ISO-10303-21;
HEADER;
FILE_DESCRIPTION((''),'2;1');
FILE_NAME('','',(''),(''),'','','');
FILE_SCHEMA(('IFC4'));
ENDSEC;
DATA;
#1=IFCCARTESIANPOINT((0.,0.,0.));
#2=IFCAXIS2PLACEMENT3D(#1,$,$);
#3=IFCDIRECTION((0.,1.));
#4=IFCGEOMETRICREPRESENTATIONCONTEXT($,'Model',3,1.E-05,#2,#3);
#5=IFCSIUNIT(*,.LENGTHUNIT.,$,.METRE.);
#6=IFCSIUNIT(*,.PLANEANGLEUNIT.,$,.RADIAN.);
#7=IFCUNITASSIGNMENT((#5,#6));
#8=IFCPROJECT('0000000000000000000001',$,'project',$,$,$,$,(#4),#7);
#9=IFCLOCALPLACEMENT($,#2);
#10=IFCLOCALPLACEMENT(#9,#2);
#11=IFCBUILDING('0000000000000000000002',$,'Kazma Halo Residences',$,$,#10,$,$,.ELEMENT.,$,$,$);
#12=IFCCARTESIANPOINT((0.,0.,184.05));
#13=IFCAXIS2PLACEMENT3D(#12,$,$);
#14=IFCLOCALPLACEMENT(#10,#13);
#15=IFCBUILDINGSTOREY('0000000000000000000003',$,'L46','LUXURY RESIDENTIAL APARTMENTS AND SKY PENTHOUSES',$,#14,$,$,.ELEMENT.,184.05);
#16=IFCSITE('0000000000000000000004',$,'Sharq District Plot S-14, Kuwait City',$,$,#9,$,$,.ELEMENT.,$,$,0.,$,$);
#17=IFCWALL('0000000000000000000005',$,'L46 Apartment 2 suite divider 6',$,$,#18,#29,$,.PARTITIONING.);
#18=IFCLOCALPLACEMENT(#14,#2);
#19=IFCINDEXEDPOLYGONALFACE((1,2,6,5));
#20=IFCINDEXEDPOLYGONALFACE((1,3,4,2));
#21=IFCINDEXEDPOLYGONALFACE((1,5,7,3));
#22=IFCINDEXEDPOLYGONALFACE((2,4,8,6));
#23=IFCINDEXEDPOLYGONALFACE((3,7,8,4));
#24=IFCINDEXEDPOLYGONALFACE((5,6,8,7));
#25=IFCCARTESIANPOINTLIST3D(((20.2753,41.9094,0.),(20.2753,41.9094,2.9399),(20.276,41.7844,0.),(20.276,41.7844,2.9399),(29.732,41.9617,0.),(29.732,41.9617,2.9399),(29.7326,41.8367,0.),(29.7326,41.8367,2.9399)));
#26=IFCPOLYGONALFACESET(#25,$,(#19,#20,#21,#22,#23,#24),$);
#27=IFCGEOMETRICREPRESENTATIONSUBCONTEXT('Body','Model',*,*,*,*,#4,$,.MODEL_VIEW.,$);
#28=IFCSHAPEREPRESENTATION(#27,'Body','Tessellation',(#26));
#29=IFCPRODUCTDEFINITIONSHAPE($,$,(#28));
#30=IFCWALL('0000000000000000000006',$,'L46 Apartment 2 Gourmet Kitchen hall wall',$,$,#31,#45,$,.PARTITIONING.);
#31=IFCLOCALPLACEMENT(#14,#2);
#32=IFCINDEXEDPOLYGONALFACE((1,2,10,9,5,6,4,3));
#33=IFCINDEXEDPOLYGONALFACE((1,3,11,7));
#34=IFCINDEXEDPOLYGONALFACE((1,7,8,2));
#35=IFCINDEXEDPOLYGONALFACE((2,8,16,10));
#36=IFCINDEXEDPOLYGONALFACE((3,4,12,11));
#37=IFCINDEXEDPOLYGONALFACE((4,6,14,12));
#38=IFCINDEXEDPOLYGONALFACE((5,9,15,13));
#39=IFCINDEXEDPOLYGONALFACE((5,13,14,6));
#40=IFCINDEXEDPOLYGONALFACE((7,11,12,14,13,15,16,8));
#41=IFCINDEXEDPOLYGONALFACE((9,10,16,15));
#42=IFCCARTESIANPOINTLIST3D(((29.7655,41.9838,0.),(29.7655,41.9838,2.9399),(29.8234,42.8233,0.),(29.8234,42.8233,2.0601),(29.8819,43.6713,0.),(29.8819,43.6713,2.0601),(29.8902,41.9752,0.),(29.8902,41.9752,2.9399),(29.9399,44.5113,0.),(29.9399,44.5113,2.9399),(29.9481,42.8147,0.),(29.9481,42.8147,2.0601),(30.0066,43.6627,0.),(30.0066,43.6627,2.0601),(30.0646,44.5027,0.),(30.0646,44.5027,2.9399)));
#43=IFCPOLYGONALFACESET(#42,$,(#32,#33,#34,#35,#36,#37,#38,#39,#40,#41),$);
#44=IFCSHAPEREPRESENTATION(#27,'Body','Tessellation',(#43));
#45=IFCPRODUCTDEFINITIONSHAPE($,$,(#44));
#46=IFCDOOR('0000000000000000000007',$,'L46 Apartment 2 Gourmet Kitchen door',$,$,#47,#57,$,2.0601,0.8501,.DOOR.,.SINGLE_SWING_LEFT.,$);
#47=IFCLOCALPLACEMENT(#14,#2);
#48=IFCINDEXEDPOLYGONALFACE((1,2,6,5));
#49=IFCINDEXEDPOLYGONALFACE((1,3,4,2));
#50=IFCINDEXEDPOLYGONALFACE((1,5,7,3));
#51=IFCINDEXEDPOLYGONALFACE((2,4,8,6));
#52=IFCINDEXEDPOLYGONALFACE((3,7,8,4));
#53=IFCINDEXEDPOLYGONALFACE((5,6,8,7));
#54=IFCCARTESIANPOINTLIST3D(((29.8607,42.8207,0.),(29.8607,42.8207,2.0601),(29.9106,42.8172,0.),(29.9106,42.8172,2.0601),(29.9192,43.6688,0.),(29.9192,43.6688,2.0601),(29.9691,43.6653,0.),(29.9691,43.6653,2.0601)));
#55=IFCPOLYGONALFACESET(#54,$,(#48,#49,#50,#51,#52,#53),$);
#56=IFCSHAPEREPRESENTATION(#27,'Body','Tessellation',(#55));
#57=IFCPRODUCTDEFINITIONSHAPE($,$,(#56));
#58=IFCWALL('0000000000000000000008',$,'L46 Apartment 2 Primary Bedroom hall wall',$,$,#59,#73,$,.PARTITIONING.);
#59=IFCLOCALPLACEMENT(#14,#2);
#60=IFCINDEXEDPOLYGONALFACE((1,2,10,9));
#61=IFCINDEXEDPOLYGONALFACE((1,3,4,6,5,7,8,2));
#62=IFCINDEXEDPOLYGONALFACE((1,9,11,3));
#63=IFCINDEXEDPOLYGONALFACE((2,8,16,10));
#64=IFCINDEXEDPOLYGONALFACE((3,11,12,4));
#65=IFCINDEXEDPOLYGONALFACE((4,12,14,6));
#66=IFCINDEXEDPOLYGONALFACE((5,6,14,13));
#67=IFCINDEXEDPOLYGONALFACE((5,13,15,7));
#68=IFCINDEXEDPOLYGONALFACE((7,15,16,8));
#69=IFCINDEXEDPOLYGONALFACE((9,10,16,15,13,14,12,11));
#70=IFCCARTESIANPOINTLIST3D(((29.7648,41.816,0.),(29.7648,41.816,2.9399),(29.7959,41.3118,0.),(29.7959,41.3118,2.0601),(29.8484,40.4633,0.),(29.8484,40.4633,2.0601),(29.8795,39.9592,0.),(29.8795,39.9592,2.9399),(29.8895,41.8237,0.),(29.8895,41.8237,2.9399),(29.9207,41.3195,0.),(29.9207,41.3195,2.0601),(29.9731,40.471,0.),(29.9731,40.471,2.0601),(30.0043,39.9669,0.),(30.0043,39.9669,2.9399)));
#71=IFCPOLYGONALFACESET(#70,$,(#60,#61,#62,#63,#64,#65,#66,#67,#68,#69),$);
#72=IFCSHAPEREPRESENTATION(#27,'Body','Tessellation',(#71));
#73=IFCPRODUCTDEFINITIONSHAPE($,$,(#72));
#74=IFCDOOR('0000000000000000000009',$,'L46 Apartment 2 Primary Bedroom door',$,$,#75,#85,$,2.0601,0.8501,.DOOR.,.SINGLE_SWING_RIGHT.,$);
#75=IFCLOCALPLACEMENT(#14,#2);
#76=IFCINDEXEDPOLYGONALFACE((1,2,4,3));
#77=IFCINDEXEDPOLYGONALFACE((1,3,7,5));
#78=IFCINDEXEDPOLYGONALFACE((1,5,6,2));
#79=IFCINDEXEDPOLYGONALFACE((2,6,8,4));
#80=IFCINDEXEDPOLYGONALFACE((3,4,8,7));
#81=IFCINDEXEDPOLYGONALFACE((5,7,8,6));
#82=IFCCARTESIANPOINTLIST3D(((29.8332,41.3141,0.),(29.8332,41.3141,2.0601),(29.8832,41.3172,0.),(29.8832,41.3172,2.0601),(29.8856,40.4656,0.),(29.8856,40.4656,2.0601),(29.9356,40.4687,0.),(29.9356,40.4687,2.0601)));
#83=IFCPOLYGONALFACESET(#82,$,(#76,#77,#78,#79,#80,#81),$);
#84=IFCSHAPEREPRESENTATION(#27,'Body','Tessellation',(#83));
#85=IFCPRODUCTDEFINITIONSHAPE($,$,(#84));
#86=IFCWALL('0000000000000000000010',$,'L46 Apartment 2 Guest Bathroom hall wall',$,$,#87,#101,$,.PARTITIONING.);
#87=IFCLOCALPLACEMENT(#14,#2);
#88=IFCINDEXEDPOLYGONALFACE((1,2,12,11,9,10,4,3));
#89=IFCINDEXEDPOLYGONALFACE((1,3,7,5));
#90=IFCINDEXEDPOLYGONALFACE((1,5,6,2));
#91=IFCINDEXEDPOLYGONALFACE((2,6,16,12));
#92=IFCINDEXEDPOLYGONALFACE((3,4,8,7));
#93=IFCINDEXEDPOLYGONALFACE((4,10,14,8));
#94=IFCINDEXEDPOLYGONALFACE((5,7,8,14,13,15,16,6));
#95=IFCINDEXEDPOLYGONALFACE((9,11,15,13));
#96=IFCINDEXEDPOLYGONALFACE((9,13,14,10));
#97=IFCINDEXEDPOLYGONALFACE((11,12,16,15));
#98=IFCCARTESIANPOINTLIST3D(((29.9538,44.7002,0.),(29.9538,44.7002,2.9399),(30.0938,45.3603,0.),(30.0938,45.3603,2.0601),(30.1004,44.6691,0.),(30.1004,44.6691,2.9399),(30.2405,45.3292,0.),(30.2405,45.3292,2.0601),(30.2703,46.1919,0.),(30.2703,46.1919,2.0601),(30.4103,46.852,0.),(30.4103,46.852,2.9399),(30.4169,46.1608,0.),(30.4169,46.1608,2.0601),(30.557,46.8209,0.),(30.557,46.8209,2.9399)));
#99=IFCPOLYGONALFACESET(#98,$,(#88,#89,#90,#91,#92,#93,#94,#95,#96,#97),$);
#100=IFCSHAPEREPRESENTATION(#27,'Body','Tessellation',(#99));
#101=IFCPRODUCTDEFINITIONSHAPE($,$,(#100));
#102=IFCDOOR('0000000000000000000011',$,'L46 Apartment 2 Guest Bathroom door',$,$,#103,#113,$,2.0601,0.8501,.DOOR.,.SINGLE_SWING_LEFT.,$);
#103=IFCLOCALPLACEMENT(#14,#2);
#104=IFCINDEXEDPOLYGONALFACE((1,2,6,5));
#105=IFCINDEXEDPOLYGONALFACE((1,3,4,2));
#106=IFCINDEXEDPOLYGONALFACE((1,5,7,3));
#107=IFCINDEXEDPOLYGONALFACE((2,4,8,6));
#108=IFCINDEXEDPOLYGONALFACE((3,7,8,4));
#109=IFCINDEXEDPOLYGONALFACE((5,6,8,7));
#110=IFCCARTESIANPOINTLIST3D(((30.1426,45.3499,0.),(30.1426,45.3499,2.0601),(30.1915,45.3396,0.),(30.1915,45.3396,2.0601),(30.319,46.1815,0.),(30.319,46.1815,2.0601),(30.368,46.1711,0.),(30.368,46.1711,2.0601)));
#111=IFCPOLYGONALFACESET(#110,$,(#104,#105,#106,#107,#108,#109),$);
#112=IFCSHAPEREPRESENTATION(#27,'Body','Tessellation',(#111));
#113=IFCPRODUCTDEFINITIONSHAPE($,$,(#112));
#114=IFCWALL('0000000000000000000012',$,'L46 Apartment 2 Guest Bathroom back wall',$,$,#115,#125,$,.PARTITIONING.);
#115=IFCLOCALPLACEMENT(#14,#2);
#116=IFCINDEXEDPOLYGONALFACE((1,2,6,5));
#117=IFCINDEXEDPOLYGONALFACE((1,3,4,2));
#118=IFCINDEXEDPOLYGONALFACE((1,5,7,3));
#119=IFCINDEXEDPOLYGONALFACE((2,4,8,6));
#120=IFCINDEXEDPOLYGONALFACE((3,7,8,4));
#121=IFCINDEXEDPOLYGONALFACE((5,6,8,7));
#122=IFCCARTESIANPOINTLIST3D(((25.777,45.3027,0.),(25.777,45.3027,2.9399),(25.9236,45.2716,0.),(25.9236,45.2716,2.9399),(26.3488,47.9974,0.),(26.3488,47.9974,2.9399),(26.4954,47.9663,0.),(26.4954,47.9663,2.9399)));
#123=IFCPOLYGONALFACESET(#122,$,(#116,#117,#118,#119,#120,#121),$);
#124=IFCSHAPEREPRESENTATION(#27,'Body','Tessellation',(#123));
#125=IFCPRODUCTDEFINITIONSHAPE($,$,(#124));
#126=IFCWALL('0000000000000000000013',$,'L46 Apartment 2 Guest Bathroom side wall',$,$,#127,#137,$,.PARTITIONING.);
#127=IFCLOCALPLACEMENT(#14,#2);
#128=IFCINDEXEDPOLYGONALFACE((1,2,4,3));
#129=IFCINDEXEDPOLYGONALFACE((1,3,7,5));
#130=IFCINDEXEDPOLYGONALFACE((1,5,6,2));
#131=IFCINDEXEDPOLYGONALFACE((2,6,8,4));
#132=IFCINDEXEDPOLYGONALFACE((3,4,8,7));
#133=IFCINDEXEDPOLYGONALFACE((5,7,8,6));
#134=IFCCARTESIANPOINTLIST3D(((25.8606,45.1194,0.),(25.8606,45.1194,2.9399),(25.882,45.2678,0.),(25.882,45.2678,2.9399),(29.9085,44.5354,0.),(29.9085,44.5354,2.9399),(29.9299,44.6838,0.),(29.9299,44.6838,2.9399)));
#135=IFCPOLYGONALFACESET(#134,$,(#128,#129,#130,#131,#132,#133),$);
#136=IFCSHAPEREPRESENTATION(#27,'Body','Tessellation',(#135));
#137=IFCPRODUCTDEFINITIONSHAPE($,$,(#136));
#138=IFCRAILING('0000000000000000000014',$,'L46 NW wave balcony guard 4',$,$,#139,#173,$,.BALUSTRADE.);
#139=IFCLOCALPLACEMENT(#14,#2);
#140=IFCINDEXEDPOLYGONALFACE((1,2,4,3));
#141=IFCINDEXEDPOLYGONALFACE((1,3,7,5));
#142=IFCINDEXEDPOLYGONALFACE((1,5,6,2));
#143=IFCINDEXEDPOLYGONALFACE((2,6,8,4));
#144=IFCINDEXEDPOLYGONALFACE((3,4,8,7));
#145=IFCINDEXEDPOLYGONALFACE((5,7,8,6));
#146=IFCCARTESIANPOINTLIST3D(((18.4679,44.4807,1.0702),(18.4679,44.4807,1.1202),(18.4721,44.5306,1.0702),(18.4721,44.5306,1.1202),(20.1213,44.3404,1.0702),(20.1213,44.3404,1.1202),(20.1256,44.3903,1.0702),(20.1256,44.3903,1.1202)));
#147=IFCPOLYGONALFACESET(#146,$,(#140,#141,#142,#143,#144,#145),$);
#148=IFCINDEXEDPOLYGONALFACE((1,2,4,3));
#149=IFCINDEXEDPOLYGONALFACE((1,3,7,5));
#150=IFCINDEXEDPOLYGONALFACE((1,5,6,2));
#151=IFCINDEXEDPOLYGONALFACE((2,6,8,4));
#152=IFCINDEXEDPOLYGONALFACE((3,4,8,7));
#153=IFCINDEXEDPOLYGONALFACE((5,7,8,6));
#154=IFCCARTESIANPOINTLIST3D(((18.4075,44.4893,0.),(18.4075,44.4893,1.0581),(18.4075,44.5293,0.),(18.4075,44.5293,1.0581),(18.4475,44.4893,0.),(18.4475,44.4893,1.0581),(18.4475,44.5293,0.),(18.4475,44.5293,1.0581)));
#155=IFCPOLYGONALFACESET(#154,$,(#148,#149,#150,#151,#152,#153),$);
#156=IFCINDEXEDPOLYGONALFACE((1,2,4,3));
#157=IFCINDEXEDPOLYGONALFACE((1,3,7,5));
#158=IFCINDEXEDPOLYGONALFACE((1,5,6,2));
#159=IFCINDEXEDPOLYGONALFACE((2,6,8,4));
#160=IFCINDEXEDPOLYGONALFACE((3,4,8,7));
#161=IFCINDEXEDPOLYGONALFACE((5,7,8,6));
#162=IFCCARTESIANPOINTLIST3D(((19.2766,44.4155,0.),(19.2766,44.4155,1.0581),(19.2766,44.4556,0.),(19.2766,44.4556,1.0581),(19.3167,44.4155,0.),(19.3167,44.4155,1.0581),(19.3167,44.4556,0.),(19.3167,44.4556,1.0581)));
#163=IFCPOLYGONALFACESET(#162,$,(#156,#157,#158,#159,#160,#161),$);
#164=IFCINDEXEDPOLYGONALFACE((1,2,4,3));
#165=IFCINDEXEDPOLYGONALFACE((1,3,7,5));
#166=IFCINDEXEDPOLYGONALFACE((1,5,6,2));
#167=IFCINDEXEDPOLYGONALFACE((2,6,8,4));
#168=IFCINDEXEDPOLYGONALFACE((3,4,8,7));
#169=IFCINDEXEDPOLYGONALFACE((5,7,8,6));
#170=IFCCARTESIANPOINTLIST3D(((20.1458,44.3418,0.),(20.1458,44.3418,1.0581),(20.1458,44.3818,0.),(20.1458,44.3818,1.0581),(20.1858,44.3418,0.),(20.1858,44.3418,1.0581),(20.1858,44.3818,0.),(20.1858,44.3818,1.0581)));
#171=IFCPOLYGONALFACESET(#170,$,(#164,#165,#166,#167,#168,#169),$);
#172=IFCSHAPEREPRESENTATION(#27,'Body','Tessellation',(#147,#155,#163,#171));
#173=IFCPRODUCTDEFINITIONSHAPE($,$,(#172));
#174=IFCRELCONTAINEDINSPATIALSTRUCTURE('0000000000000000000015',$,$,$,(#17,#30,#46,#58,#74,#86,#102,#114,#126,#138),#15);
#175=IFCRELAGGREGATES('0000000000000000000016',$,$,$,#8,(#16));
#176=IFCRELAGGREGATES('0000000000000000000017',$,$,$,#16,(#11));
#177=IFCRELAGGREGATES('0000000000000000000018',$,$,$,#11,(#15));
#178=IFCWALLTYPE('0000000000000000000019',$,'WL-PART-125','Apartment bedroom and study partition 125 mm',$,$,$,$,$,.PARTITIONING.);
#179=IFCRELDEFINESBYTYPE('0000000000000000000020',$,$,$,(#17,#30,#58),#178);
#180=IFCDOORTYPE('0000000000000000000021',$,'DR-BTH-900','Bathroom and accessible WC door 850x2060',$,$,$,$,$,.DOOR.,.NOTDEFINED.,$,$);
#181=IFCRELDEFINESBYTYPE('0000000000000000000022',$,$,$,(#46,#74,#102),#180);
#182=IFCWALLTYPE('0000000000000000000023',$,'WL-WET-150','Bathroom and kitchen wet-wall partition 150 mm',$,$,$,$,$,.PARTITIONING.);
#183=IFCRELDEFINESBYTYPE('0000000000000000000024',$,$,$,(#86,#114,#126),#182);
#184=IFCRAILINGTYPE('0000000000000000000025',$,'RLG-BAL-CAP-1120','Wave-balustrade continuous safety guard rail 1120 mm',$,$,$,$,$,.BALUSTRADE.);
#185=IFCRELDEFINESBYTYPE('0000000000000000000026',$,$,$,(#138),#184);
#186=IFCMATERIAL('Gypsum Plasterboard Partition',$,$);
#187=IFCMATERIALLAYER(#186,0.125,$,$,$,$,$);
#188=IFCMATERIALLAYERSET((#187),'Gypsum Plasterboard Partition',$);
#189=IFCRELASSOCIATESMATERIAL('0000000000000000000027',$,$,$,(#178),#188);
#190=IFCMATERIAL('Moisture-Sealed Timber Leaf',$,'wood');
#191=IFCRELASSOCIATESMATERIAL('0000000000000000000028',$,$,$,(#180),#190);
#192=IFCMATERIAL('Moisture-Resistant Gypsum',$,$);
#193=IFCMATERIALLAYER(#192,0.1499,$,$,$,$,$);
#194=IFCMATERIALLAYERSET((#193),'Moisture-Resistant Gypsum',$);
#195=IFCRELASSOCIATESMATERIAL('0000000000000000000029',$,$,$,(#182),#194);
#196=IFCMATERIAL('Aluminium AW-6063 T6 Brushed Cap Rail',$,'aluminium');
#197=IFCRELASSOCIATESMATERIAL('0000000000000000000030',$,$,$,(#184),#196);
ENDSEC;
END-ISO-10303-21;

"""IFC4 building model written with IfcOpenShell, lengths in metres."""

from ifc_helpers import new_model, si_unit, direction, frame, frame_2d, origin, origin_2d, place, context, subcontext, project, spatial, rectangle, extrude, material, layer, layer_set, type_object, element, fill, save


model = new_model("IFC4")

# Units and contexts
model_context = context("Model", 3, precision=1e-05, world=origin(), true_north=direction((0.0, 1.0)))
body_context = subcontext(model_context, "Body", "Model", "MODEL_VIEW")
ifc_project = project(units=[si_unit("LENGTHUNIT", "METRE"), si_unit("PLANEANGLEUNIT", "RADIAN")], contexts=[model_context])

# Site, building, storey
site_placement = place(None, origin())
site = spatial("IfcSite", under=ifc_project, at=site_placement, Name="Sharq District Plot S-14, Kuwait City", CompositionType="ELEMENT", RefElevation=0.0)
building_placement = place(site_placement, origin())
building = spatial("IfcBuilding", under=site, at=building_placement, Name="Kazma Halo Residences", CompositionType="ELEMENT")
storey_placement = place(building_placement, frame((0.0, 0.0, 184.05)))
storey = spatial("IfcBuildingStorey", under=building, at=storey_placement, Name="L46", Description="LUXURY RESIDENTIAL APARTMENTS AND SKY PENTHOUSES", CompositionType="ELEMENT", Elevation=184.05)

# Shared definitions
ifc_material_1 = material(Name="Gypsum Plasterboard Partition")
ifc_layer_1 = layer(ifc_material_1, 0.125)
ifc_layer_set_1 = layer_set([ifc_layer_1], Name="Gypsum Plasterboard Partition")
wall_type_1 = type_object("IfcWallType", Name="WL-PART-125", Description="Apartment bedroom and study partition 125 mm", PredefinedType="PARTITIONING", material=ifc_layer_set_1)

# Shared definitions
ifc_material_2 = material(Name="Moisture-Sealed Timber Leaf", Category="wood")
door_type = type_object("IfcDoorType", Name="DR-BTH-900", Description="Bathroom and accessible WC door 850x2060", OperationType="NOTDEFINED", PredefinedType="DOOR", material=ifc_material_2)

# Wall
wall_1_placement = place(storey_placement, frame((29.7324, 41.8992, 0.0), z_axis=(0.0, 0.0, 1.0), x_axis=(-0.999985, -0.005525, 0.0)))
element("IfcWall", 1, at=wall_1_placement, inside=storey, type_object=wall_type_1, Name="L46 Apartment 2 suite divider 6", PredefinedType="PARTITIONING", context=body_context, shape_type="SweptSolid", body=[
    extrude(rectangle(XDim=9.4568, YDim=0.125, at=frame_2d((4.7285, 0.0))), origin(), (0.0, 0.0, 1.0), 2.9399),
])

# Walls, openings, doors
wall_2_placement = place(storey_placement, frame((30.0022, 44.5068, 0.0), z_axis=(0.0, 0.0, 1.0), x_axis=(-0.068809, -0.99763, 0.0)))
wall_2 = element("IfcWall", 2, at=wall_2_placement, inside=storey, type_object=wall_type_1, Name="L46 Apartment 2 Gourmet Kitchen hall wall", PredefinedType="PARTITIONING", context=body_context, shape_type="SweptSolid", body=[
    extrude(rectangle(XDim=2.5334, YDim=0.125, at=frame_2d((1.2666, 0.0))), origin(), (0.0, 0.0, 1.0), 2.9399),
])
opening_1_placement = place(wall_2_placement, frame((0.8418, 0.0, 0.0)))
opening_1 = element("IfcOpeningElement", 3, at=opening_1_placement, cuts=wall_2, PredefinedType="OPENING", context=body_context, shape_type="SweptSolid", body=[
    extrude(rectangle(XDim=0.8501, YDim=2.0601, at=frame_2d((0.425, 1.03))), frame((0.0, 0.0725, 0.0), z_axis=(0.0, -1.0, 0.0), x_axis=(1.0, 0.0, 0.0)), (0.0, 0.0, 1.0), 0.145),
])
door_1_placement = place(opening_1_placement, origin())
door_1 = element("IfcDoor", 4, at=door_1_placement, inside=storey, type_object=door_type, Name="L46 Apartment 2 Gourmet Kitchen door", OperationType="SINGLE_SWING_LEFT", OverallHeight=2.0601, OverallWidth=0.8501, PredefinedType="DOOR", context=body_context, shape_type="SweptSolid", body=[
    extrude(rectangle(XDim=0.8501, YDim=2.0601, at=frame_2d((0.425, 1.03))), frame((0.0, 0.0249, 0.0), z_axis=(0.0, -1.0, 0.0), x_axis=(1.0, 0.0, 0.0)), (0.0, 0.0, 1.0), 0.05),
])
fill(opening_1, door_1)
wall_3_placement = place(storey_placement, frame((29.8271, 41.8198, 0.0), z_axis=(0.0, 0.0, 1.0), x_axis=(0.061684, -0.998096, 0.0)))
wall_3 = element("IfcWall", 5, at=wall_3_placement, inside=storey, type_object=wall_type_1, Name="L46 Apartment 2 Primary Bedroom hall wall", PredefinedType="PARTITIONING", context=body_context, shape_type="SweptSolid", body=[
    extrude(rectangle(XDim=1.8604, YDim=0.125, at=frame_2d((0.9302, 0.0))), origin(), (0.0, 0.0, 1.0), 2.9399),
])
opening_2_placement = place(wall_3_placement, frame((0.5051, 0.0, 0.0)))
opening_2 = element("IfcOpeningElement", 6, at=opening_2_placement, cuts=wall_3, PredefinedType="OPENING", context=body_context, shape_type="SweptSolid", body=[
    extrude(rectangle(XDim=0.8501, YDim=2.0601, at=frame_2d((0.425, 1.03))), frame((0.0, 0.0725, 0.0), z_axis=(0.0, -1.0, 0.0), x_axis=(1.0, 0.0, 0.0)), (0.0, 0.0, 1.0), 0.145),
])
door_2_placement = place(opening_2_placement, origin())
door_2 = element("IfcDoor", 7, at=door_2_placement, inside=storey, type_object=door_type, Name="L46 Apartment 2 Primary Bedroom door", OperationType="SINGLE_SWING_RIGHT", OverallHeight=2.0601, OverallWidth=0.8501, PredefinedType="DOOR", context=body_context, shape_type="SweptSolid", body=[
    extrude(rectangle(XDim=0.8501, YDim=2.0601, at=frame_2d((0.425, 1.03))), frame((0.0, 0.0249, 0.0), z_axis=(0.0, -1.0, 0.0), x_axis=(1.0, 0.0, 0.0)), (0.0, 0.0, 1.0), 0.05),
])
fill(opening_2, door_2)
ifc_material_3 = material(Name="Moisture-Resistant Gypsum")
ifc_layer_2 = layer(ifc_material_3, 0.1499)
ifc_layer_set_2 = layer_set([ifc_layer_2], Name="Moisture-Resistant Gypsum")
wall_type_2 = type_object("IfcWallType", Name="WL-WET-150", Description="Bathroom and kitchen wet-wall partition 150 mm", PredefinedType="PARTITIONING", material=ifc_layer_set_2)
wall_4_placement = place(storey_placement, frame((30.4836, 46.8364, 0.0), z_axis=(0.0, 0.0, 1.0), x_axis=(-0.207543, -0.978226, 0.0)))
wall_4 = element("IfcWall", 8, at=wall_4_placement, inside=storey, type_object=wall_type_2, Name="L46 Apartment 2 Guest Bathroom hall wall", PredefinedType="PARTITIONING", context=body_context, shape_type="SweptSolid", body=[
    extrude(rectangle(XDim=2.1997, YDim=0.1499, at=frame_2d((1.0999, 0.0))), origin(), (0.0, 0.0, 1.0), 2.9399),
])
opening_3_placement = place(wall_4_placement, frame((0.6748, 0.0, 0.0)))
opening_3 = element("IfcOpeningElement", 9, at=opening_3_placement, cuts=wall_4, PredefinedType="OPENING", context=body_context, shape_type="SweptSolid", body=[
    extrude(rectangle(XDim=0.8501, YDim=2.0601, at=frame_2d((0.425, 1.03))), frame((0.0, 0.085, 0.0), z_axis=(0.0, -1.0, 0.0), x_axis=(1.0, 0.0, 0.0)), (0.0, 0.0, 1.0), 0.1699),
])
door_3_placement = place(opening_3_placement, origin())
door_3 = element("IfcDoor", 10, at=door_3_placement, inside=storey, type_object=door_type, Name="L46 Apartment 2 Guest Bathroom door", OperationType="SINGLE_SWING_LEFT", OverallHeight=2.0601, OverallWidth=0.8501, PredefinedType="DOOR", context=body_context, shape_type="SweptSolid", body=[
    extrude(rectangle(XDim=0.8501, YDim=2.0601, at=frame_2d((0.425, 1.03))), frame((0.0, 0.0249, 0.0), z_axis=(0.0, -1.0, 0.0), x_axis=(1.0, 0.0, 0.0)), (0.0, 0.0, 1.0), 0.05),
])
fill(opening_3, door_3)

# Walls
wall_5_placement = place(storey_placement, frame((26.4221, 47.9819, 0.0), z_axis=(0.0, 0.0, 1.0), x_axis=(-0.207574, -0.978219, 0.0)))
element("IfcWall", 11, at=wall_5_placement, inside=storey, type_object=wall_type_2, Name="L46 Apartment 2 Guest Bathroom back wall", PredefinedType="PARTITIONING", context=body_context, shape_type="SweptSolid", body=[
    extrude(rectangle(XDim=2.7546, YDim=0.1499, at=frame_2d((1.3774, 0.0))), origin(), (0.0, 0.0, 1.0), 2.9399),
])
wall_6_placement = place(storey_placement, frame((29.9192, 44.6096, 0.0), z_axis=(0.0, 0.0, 1.0), x_axis=(-0.989753, 0.142792, 0.0)))
element("IfcWall", 12, at=wall_6_placement, inside=storey, type_object=wall_type_2, Name="L46 Apartment 2 Guest Bathroom side wall", PredefinedType="PARTITIONING", context=body_context, shape_type="SweptSolid", body=[
    extrude(rectangle(XDim=4.0898, YDim=0.1499, at=frame_2d((2.0449, 0.0))), origin(), (0.0, 0.0, 1.0), 2.9399),
])

# Railing
ifc_material_4 = material(Name="Aluminium AW-6063 T6 Brushed Cap Rail", Category="aluminium")
railing_type = type_object("IfcRailingType", Name="RLG-BAL-CAP-1120", Description="Wave-balustrade continuous safety guard rail 1120 mm", PredefinedType="BALUSTRADE", material=ifc_material_4)
railing_placement = place(storey_placement, frame((18.4275, 44.5093, 0.0)))
element("IfcRailing", 13, at=railing_placement, inside=storey, type_object=railing_type, Name="L46 NW wave balcony guard 4", PredefinedType="BALUSTRADE", context=body_context, shape_type="SweptSolid", body=[
    extrude(rectangle(XDim=0.05, YDim=0.05, at=origin_2d()), frame((0.0425, -0.0037, 1.0952), z_axis=(0.996421, -0.084528, 0.0), x_axis=(0.084528, 0.996421, 0.0)), (0.0, 0.0, 1.0), 1.6594),
    extrude(rectangle(XDim=0.04, YDim=0.04, at=origin_2d()), origin(), (0.0, 0.0, 1.0), 1.0581),
    extrude(rectangle(XDim=0.04, YDim=0.04, at=origin_2d()), frame((0.8691, -0.0737, 0.0)), (0.0, 0.0, 1.0), 1.0581),
    extrude(rectangle(XDim=0.04, YDim=0.04, at=origin_2d()), frame((1.7383, -0.1475, 0.0)), (0.0, 0.0, 1.0), 1.0581),
])

save(model, "model.ifc")
